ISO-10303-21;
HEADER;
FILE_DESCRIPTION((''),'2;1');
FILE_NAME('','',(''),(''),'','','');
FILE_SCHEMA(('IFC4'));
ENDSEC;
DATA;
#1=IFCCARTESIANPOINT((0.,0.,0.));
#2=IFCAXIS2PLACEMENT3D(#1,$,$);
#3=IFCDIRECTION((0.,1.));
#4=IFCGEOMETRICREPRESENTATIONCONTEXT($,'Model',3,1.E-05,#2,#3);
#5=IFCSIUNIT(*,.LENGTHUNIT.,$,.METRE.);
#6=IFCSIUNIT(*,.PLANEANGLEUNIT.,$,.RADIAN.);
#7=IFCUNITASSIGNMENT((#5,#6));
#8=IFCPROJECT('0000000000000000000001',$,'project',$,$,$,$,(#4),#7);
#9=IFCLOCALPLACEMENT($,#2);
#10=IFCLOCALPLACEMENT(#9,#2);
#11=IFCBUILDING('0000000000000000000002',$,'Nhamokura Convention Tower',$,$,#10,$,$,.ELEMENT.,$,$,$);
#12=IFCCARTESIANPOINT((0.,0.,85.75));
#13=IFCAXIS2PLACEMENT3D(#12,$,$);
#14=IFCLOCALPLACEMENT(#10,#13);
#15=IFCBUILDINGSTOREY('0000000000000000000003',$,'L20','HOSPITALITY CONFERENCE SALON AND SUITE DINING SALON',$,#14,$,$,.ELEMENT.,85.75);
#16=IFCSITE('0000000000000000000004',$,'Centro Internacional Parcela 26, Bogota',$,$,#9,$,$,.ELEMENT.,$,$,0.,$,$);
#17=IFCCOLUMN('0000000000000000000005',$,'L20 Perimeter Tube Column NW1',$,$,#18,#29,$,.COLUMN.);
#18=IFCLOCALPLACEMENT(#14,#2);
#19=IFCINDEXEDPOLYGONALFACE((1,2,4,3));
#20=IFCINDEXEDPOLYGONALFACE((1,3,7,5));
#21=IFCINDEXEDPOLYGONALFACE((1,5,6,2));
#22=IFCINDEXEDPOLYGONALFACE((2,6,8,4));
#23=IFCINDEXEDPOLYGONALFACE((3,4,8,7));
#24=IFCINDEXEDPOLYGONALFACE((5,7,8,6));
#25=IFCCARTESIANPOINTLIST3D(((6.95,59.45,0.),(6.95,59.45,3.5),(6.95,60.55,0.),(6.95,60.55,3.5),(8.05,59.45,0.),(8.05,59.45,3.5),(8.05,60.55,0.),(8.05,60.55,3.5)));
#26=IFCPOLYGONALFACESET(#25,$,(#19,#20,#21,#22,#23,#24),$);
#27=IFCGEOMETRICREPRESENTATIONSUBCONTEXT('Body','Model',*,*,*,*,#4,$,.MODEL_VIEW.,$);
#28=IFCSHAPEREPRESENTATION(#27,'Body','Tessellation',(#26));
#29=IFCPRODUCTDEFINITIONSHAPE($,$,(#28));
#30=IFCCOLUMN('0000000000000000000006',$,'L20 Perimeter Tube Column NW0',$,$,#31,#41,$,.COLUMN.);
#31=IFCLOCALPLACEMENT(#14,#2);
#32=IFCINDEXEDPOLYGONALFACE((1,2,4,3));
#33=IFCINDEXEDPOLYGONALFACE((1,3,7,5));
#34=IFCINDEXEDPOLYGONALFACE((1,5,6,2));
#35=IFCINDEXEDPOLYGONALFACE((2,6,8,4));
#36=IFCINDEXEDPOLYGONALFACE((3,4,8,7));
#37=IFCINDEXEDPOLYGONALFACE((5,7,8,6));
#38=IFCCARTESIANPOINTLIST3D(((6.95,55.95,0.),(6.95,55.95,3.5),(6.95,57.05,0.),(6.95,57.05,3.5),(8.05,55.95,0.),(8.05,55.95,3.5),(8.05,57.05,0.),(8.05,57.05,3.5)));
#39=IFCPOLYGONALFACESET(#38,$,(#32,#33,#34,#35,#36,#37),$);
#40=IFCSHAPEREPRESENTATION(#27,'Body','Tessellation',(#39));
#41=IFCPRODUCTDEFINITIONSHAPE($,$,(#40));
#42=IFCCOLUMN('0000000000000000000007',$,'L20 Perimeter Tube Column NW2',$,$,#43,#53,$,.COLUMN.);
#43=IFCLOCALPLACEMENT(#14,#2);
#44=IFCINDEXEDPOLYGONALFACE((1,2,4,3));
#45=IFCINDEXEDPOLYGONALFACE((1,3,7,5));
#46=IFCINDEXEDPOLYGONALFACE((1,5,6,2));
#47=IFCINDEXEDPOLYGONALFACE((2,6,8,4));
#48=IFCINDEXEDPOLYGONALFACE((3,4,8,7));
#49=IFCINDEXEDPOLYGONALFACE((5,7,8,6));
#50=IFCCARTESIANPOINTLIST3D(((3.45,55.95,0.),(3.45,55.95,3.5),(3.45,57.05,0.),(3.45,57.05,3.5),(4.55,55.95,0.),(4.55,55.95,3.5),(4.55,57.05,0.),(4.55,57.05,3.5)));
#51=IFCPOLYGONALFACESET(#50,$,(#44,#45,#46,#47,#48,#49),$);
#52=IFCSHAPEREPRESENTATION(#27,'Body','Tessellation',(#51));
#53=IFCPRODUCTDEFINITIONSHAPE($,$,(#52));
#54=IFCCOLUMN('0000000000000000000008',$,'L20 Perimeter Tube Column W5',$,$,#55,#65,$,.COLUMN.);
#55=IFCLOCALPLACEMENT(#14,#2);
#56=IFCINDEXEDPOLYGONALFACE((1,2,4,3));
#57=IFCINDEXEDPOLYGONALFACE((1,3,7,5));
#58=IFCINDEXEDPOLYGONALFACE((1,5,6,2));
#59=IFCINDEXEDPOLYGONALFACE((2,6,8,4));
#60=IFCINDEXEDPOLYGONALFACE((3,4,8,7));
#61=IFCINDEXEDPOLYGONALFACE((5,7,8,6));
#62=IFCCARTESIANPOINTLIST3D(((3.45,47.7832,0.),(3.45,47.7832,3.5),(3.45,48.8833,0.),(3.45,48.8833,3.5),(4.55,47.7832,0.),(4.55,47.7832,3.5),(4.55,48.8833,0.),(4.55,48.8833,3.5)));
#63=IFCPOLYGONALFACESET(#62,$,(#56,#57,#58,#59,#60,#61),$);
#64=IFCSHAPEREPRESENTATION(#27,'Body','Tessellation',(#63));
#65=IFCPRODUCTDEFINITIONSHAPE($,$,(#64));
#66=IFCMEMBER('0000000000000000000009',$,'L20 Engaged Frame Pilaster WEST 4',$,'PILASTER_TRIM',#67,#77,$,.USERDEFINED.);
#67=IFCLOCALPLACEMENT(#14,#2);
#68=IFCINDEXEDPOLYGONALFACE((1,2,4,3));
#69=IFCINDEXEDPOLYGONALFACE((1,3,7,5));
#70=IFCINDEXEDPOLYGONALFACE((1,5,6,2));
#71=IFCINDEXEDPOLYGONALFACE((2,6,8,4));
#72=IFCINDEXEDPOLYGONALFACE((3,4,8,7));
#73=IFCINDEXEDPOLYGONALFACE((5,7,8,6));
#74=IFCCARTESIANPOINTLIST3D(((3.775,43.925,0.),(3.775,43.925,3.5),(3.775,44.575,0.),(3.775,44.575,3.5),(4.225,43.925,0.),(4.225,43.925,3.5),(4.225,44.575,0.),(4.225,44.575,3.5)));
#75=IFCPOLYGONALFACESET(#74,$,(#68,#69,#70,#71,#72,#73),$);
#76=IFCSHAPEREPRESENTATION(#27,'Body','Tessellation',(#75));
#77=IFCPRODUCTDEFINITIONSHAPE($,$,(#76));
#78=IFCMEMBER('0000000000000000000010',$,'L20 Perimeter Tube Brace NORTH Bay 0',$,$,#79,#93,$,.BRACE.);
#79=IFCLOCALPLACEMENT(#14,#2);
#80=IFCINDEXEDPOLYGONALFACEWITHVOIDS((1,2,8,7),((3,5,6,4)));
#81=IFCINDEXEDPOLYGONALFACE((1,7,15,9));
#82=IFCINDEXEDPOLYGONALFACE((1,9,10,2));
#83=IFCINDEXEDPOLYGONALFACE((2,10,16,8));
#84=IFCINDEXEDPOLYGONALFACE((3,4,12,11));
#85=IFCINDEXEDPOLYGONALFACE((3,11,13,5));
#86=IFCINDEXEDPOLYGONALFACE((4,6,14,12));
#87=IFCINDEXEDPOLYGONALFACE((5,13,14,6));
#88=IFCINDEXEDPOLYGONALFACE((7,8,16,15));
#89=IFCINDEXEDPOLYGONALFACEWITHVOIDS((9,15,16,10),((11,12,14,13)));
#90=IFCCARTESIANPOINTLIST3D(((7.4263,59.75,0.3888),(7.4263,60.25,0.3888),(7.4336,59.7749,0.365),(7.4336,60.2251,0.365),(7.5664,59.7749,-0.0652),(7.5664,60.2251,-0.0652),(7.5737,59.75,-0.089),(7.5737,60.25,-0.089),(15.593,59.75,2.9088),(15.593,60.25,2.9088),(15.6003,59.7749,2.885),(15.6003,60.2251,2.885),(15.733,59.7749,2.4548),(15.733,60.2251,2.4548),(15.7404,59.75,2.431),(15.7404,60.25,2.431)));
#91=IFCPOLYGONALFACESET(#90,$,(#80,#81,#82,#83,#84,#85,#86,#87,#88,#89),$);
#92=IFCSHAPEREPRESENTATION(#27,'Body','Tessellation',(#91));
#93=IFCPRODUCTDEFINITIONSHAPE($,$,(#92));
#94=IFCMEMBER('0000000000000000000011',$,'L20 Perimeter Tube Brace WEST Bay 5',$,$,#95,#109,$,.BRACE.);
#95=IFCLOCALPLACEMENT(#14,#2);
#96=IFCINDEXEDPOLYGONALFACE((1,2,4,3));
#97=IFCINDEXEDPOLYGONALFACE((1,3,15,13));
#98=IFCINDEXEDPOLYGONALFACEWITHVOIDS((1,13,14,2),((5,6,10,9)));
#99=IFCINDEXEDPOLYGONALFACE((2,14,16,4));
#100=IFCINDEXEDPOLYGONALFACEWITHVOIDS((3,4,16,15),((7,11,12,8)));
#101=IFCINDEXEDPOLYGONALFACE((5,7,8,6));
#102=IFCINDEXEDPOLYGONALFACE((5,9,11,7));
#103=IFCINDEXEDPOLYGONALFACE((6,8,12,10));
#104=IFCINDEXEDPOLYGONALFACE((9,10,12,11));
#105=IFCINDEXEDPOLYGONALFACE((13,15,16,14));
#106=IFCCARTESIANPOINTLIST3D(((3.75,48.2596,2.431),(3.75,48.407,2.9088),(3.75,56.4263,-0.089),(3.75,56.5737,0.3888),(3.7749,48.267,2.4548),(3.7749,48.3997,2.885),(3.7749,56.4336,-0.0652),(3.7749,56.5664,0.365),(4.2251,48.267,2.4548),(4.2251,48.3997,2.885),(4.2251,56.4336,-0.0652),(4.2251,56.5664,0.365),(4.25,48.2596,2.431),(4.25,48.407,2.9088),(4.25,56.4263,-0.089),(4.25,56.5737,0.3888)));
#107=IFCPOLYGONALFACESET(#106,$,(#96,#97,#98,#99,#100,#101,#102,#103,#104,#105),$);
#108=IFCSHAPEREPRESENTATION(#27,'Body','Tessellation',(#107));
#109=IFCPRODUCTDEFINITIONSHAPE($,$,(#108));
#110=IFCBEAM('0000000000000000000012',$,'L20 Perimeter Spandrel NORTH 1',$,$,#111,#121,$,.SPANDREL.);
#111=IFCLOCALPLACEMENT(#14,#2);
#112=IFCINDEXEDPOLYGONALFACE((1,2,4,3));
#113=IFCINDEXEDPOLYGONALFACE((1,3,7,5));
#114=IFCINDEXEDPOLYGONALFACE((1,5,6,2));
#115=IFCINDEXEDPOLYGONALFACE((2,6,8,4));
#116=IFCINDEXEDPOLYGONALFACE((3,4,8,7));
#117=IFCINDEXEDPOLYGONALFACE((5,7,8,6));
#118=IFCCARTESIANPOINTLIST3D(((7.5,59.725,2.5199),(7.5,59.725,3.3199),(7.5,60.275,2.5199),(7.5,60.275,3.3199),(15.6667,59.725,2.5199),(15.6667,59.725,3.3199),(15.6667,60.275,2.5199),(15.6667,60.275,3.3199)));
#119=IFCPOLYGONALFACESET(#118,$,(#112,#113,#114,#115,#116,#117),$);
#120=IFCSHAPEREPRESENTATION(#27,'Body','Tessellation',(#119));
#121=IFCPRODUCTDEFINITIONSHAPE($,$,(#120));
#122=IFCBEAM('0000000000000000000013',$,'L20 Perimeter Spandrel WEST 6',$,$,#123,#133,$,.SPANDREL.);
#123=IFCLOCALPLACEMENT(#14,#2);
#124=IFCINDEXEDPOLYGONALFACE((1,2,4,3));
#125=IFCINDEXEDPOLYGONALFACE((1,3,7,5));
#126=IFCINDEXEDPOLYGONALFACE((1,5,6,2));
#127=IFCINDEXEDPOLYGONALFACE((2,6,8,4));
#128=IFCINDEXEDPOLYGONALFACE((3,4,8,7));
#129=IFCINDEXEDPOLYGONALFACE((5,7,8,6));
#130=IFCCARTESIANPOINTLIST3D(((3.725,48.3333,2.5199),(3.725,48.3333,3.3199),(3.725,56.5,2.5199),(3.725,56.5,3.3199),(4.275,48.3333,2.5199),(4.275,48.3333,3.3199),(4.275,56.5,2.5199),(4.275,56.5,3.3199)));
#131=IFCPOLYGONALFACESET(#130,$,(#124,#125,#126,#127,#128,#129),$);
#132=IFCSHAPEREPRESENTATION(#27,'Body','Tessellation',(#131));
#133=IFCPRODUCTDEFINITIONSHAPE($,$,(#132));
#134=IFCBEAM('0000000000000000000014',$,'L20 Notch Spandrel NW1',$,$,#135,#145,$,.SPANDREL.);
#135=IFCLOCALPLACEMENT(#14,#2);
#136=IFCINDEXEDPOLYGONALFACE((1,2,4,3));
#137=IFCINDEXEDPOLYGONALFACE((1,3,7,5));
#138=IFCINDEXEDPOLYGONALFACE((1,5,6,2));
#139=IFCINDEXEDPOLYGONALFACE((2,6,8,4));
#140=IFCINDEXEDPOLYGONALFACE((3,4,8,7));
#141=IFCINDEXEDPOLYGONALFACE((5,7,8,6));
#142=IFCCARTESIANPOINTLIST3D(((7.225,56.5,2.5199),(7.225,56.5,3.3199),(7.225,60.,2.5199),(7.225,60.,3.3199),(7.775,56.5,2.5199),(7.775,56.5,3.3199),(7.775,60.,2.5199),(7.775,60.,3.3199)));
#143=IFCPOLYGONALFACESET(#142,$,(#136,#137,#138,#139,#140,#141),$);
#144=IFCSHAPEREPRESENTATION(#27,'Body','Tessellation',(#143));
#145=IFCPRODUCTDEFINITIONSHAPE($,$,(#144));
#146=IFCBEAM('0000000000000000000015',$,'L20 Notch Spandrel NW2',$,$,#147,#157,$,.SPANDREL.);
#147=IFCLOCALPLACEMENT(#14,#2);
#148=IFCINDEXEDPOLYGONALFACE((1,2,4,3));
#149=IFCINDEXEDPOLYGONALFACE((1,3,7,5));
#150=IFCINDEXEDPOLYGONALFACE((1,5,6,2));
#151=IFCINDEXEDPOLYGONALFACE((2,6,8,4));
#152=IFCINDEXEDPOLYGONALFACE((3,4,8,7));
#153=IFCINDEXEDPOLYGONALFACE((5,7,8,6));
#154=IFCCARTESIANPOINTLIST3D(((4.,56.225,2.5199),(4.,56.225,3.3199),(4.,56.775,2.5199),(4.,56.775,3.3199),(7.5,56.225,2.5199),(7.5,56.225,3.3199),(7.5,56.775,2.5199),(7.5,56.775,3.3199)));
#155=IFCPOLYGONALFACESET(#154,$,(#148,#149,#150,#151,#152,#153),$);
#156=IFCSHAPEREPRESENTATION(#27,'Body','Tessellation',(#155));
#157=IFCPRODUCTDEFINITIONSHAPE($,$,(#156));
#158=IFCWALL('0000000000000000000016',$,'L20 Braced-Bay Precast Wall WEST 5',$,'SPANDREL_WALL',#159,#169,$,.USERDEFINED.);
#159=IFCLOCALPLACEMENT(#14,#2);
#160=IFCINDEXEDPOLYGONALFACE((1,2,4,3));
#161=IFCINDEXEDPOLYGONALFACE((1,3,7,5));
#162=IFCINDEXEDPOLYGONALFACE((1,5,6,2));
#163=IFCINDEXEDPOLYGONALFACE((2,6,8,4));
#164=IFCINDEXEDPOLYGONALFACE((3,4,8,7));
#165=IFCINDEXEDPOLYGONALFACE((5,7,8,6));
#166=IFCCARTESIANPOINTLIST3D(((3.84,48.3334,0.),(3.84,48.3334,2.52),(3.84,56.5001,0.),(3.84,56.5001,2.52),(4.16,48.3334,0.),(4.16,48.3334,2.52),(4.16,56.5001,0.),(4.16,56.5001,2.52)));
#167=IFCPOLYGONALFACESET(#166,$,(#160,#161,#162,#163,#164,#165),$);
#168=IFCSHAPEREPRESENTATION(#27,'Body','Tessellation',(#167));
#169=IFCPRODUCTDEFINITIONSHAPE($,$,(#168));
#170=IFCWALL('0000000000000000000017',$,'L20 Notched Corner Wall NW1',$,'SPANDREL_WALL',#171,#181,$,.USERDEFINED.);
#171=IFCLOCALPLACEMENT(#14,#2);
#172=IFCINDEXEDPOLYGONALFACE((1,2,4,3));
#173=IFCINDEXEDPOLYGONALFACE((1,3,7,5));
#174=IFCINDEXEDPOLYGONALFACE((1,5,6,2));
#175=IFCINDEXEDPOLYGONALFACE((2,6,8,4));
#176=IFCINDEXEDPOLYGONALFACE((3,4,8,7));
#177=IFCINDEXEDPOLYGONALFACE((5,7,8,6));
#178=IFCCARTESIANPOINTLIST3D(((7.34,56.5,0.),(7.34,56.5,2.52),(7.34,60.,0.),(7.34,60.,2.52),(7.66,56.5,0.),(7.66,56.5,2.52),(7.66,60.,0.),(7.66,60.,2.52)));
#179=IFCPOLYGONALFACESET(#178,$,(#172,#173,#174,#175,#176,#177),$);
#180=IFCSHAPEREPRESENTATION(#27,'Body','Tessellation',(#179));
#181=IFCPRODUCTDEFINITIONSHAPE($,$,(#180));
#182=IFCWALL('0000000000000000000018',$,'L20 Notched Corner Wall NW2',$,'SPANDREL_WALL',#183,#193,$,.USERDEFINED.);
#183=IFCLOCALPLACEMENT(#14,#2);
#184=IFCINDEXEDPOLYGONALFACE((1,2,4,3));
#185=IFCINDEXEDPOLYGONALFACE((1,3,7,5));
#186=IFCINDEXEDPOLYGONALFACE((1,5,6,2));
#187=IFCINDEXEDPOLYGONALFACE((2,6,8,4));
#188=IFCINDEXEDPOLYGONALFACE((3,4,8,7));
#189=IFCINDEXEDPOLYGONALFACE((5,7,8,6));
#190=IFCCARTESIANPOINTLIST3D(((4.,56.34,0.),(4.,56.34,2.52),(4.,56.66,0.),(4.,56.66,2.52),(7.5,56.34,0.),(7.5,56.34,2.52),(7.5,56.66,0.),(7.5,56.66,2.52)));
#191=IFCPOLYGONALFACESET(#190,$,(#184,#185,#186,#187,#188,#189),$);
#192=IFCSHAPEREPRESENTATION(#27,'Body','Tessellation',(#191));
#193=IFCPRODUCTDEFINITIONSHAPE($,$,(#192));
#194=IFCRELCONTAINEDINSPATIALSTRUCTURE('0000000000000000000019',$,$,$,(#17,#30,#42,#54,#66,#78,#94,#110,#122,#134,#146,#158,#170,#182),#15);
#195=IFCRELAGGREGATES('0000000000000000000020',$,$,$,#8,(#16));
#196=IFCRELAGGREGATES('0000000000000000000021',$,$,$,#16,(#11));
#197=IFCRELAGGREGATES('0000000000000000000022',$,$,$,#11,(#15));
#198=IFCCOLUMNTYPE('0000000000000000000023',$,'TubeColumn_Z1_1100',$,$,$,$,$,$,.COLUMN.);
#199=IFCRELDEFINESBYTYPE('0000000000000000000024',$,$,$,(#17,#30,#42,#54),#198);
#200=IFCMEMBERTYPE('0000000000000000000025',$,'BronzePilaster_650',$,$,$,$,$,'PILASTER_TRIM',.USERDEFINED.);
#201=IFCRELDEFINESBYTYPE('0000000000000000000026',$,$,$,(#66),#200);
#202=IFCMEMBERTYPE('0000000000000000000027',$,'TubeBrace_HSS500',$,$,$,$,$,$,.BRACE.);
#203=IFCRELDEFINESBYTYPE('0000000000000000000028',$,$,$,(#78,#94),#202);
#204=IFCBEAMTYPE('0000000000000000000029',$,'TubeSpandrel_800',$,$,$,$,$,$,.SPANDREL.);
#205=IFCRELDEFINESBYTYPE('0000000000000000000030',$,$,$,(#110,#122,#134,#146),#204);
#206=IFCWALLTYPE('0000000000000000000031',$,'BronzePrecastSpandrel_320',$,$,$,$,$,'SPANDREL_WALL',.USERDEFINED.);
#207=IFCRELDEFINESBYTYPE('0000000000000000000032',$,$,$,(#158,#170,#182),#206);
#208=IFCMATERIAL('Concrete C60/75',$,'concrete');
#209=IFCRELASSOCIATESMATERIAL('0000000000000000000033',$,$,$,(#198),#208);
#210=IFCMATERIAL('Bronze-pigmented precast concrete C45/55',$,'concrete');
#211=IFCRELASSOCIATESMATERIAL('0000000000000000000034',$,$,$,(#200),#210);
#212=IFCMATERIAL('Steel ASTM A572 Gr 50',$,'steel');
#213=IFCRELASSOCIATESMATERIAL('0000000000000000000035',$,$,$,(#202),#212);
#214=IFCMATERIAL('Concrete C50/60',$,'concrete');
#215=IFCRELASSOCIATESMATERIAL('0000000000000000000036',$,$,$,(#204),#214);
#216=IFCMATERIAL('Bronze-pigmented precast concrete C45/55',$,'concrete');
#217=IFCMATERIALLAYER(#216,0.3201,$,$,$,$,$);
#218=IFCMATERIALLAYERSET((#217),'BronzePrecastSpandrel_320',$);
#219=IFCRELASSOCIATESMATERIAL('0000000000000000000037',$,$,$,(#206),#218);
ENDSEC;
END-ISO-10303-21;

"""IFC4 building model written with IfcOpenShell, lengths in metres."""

from ifc_helpers import new_model, si_unit, direction, frame, frame_2d, origin, origin_2d, place, context, subcontext, project, spatial, rectangle, hollow_rectangle, extrude, material, layer, layer_set, material_profile, profile_set, type_object, element, save


model = new_model("IFC4")

# Units and contexts
model_context = context("Model", 3, precision=1e-05, world=origin(), true_north=direction((0.0, 1.0)))
body_context = subcontext(model_context, "Body", "Model", "MODEL_VIEW")
ifc_project = project(units=[si_unit("LENGTHUNIT", "METRE"), si_unit("PLANEANGLEUNIT", "RADIAN")], contexts=[model_context])

# Site, building, storey
site_placement = place(None, origin())
site = spatial("IfcSite", under=ifc_project, at=site_placement, Name="Centro Internacional Parcela 26, Bogota", CompositionType="ELEMENT", RefElevation=0.0)
building_placement = place(site_placement, origin())
building = spatial("IfcBuilding", under=site, at=building_placement, Name="Nhamokura Convention Tower", CompositionType="ELEMENT")
storey_placement = place(building_placement, frame((0.0, 0.0, 85.75)))
storey = spatial("IfcBuildingStorey", under=building, at=storey_placement, Name="L20", Description="HOSPITALITY CONFERENCE SALON AND SUITE DINING SALON", CompositionType="ELEMENT", Elevation=85.75)

# Columns
ifc_material_1 = material(Name="Concrete C60/75", Category="concrete")
ifc_material_profile_1 = material_profile(ifc_material_1, rectangle(XDim=1.1001, YDim=1.1001, at=origin_2d()))
ifc_profile_set_1 = profile_set([ifc_material_profile_1], Name="Concrete C60/75")
column_type = type_object("IfcColumnType", Name="TubeColumn_Z1_1100", PredefinedType="COLUMN", material=ifc_profile_set_1)
for number, where, z_axis, x_axis, name in (
    (1, (7.5, 60.0, 0.0), (0.0, 0.0, 1.0), (1.0, 0.0, 0.0), "L20 Perimeter Tube Column NW1"),
    (2, (7.5, 56.5, 0.0), (0.0, 0.0, 1.0), (1.0, 0.0, 0.0), "L20 Perimeter Tube Column NW0"),
    (3, (4.0, 56.5, 0.0), (0.0, 0.0, 1.0), (1.0, 0.0, 0.0), "L20 Perimeter Tube Column NW2"),
    (4, (4.0, 48.3333, 0.0), (0.0, 0.0, 1.0), (1.0, 0.0, 0.0), "L20 Perimeter Tube Column W5"),
):
    element("IfcColumn", number, at=place(storey_placement, frame(where, z_axis=z_axis, x_axis=x_axis)), inside=storey, type_object=column_type, Name=name, PredefinedType="COLUMN", context=body_context, shape_type="SweptSolid", body=[
        extrude(rectangle(XDim=1.1001, YDim=1.1001, at=origin_2d()), origin(), (0.0, 0.0, 1.0), 3.5),
    ])

# Members
ifc_material_2 = material(Name="Bronze-pigmented precast concrete C45/55", Category="concrete")
ifc_material_profile_2 = material_profile(ifc_material_2, rectangle(XDim=0.45, YDim=0.6499, at=origin_2d()))
ifc_profile_set_2 = profile_set([ifc_material_profile_2], Name="Bronze-pigmented precast concrete C45/55")
member_type_1 = type_object("IfcMemberType", Name="BronzePilaster_650", ElementType="PILASTER_TRIM", PredefinedType="USERDEFINED", material=ifc_profile_set_2)
member_placement = place(storey_placement, frame((4.0, 44.25, 0.0), z_axis=(0.0, 0.0, 1.0), x_axis=(1.0, 0.0, 0.0)))
element("IfcMember", 5, at=member_placement, inside=storey, type_object=member_type_1, Name="L20 Engaged Frame Pilaster WEST 4", ObjectType="PILASTER_TRIM", PredefinedType="USERDEFINED", context=body_context, shape_type="SweptSolid", body=[
    extrude(rectangle(XDim=0.45, YDim=0.6499, at=origin_2d()), origin(), (0.0, 0.0, 1.0), 3.5),
])
ifc_material_3 = material(Name="Steel ASTM A572 Gr 50", Category="steel")
ifc_material_profile_3 = material_profile(ifc_material_3, hollow_rectangle(XDim=0.5, YDim=0.5, WallThickness=0.0249, at=origin_2d()))
ifc_profile_set_3 = profile_set([ifc_material_profile_3], Name="Steel ASTM A572 Gr 50")
member_type_2 = type_object("IfcMemberType", Name="TubeBrace_HSS500", PredefinedType="BRACE", material=ifc_profile_set_3)
for number, where, z_axis, x_axis, name in (
    (6, (7.5, 60.0, 0.1499), (0.955543, 0.0, 0.294853), (0.0, 1.0, 0.0), "L20 Perimeter Tube Brace NORTH Bay 0"),
    (7, (4.0, 56.5, 0.1499), (0.0, -0.955543, 0.294853), (1.0, 0.0, 0.0), "L20 Perimeter Tube Brace WEST Bay 5"),
):
    element("IfcMember", number, at=place(storey_placement, frame(where, z_axis=z_axis, x_axis=x_axis)), inside=storey, type_object=member_type_2, Name=name, PredefinedType="BRACE", context=body_context, shape_type="SweptSolid", body=[
        extrude(hollow_rectangle(XDim=0.5, YDim=0.5, WallThickness=0.0249, at=origin_2d()), origin(), (0.0, 0.0, 1.0), 8.5466),
    ])

# Beams
ifc_material_4 = material(Name="Concrete C50/60", Category="concrete")
ifc_material_profile_4 = material_profile(ifc_material_4, rectangle(XDim=0.55, YDim=0.8, at=origin_2d()))
ifc_profile_set_4 = profile_set([ifc_material_profile_4], Name="Concrete C50/60")
beam_type = type_object("IfcBeamType", Name="TubeSpandrel_800", PredefinedType="SPANDREL", material=ifc_profile_set_4)
for number, where, z_axis, x_axis, name in (
    (8, (7.5, 60.0, 2.9199), (1.0, 0.0, 0.0), (0.0, 1.0, 0.0), "L20 Perimeter Spandrel NORTH 1"),
    (9, (4.0, 48.3333, 2.9199), (0.0, 1.0, 0.0), (-1.0, 0.0, 0.0), "L20 Perimeter Spandrel WEST 6"),
):
    element("IfcBeam", number, at=place(storey_placement, frame(where, z_axis=z_axis, x_axis=x_axis)), inside=storey, type_object=beam_type, Name=name, PredefinedType="SPANDREL", context=body_context, shape_type="SweptSolid", body=[
        extrude(rectangle(XDim=0.55, YDim=0.8, at=origin_2d()), origin(), (0.0, 0.0, 1.0), 8.1667),
    ])
for number, where, z_axis, x_axis, name in (
    (10, (7.5, 60.0, 2.9199), (0.0, -1.0, 0.0), (1.0, 0.0, 0.0), "L20 Notch Spandrel NW1"),
    (11, (7.5, 56.5, 2.9199), (-1.0, 0.0, 0.0), (0.0, -1.0, 0.0), "L20 Notch Spandrel NW2"),
):
    element("IfcBeam", number, at=place(storey_placement, frame(where, z_axis=z_axis, x_axis=x_axis)), inside=storey, type_object=beam_type, Name=name, PredefinedType="SPANDREL", context=body_context, shape_type="SweptSolid", body=[
        extrude(rectangle(XDim=0.55, YDim=0.8, at=origin_2d()), origin(), (0.0, 0.0, 1.0), 3.5),
    ])

# Walls
ifc_material_5 = material(Name="Bronze-pigmented precast concrete C45/55", Category="concrete")
ifc_layer_1 = layer(ifc_material_5, 0.3201)
ifc_layer_set_1 = layer_set([ifc_layer_1], Name="BronzePrecastSpandrel_320")
wall_type_1 = type_object("IfcWallType", Name="BronzePrecastSpandrel_320", ElementType="SPANDREL_WALL", PredefinedType="USERDEFINED", material=ifc_layer_set_1)
wall_1_placement = place(storey_placement, frame((4.0, 48.3333, 0.0), z_axis=(0.0, 0.0, 1.0), x_axis=(0.0, 1.0, 0.0)))
element("IfcWall", 12, at=wall_1_placement, inside=storey, type_object=wall_type_1, Name="L20 Braced-Bay Precast Wall WEST 5", ObjectType="SPANDREL_WALL", PredefinedType="USERDEFINED", context=body_context, shape_type="SweptSolid", body=[
    extrude(rectangle(XDim=8.1667, YDim=0.3201, at=frame_2d((4.0835, 0.0))), origin(), (0.0, 0.0, 1.0), 2.52),
])
for number, where, z_axis, x_axis, name in (
    (13, (7.5, 56.5, 0.0), (0.0, 0.0, 1.0), (0.0, 1.0, 0.0), "L20 Notched Corner Wall NW1"),
    (14, (4.0, 56.5, 0.0), (0.0, 0.0, 1.0), (1.0, 0.0, 0.0), "L20 Notched Corner Wall NW2"),
):
    element("IfcWall", number, at=place(storey_placement, frame(where, z_axis=z_axis, x_axis=x_axis)), inside=storey, type_object=wall_type_1, Name=name, ObjectType="SPANDREL_WALL", PredefinedType="USERDEFINED", context=body_context, shape_type="SweptSolid", body=[
        extrude(rectangle(XDim=3.5, YDim=0.3201, at=frame_2d((1.75, 0.0))), origin(), (0.0, 0.0, 1.0), 2.52),
    ])

save(model, "model.ifc")
